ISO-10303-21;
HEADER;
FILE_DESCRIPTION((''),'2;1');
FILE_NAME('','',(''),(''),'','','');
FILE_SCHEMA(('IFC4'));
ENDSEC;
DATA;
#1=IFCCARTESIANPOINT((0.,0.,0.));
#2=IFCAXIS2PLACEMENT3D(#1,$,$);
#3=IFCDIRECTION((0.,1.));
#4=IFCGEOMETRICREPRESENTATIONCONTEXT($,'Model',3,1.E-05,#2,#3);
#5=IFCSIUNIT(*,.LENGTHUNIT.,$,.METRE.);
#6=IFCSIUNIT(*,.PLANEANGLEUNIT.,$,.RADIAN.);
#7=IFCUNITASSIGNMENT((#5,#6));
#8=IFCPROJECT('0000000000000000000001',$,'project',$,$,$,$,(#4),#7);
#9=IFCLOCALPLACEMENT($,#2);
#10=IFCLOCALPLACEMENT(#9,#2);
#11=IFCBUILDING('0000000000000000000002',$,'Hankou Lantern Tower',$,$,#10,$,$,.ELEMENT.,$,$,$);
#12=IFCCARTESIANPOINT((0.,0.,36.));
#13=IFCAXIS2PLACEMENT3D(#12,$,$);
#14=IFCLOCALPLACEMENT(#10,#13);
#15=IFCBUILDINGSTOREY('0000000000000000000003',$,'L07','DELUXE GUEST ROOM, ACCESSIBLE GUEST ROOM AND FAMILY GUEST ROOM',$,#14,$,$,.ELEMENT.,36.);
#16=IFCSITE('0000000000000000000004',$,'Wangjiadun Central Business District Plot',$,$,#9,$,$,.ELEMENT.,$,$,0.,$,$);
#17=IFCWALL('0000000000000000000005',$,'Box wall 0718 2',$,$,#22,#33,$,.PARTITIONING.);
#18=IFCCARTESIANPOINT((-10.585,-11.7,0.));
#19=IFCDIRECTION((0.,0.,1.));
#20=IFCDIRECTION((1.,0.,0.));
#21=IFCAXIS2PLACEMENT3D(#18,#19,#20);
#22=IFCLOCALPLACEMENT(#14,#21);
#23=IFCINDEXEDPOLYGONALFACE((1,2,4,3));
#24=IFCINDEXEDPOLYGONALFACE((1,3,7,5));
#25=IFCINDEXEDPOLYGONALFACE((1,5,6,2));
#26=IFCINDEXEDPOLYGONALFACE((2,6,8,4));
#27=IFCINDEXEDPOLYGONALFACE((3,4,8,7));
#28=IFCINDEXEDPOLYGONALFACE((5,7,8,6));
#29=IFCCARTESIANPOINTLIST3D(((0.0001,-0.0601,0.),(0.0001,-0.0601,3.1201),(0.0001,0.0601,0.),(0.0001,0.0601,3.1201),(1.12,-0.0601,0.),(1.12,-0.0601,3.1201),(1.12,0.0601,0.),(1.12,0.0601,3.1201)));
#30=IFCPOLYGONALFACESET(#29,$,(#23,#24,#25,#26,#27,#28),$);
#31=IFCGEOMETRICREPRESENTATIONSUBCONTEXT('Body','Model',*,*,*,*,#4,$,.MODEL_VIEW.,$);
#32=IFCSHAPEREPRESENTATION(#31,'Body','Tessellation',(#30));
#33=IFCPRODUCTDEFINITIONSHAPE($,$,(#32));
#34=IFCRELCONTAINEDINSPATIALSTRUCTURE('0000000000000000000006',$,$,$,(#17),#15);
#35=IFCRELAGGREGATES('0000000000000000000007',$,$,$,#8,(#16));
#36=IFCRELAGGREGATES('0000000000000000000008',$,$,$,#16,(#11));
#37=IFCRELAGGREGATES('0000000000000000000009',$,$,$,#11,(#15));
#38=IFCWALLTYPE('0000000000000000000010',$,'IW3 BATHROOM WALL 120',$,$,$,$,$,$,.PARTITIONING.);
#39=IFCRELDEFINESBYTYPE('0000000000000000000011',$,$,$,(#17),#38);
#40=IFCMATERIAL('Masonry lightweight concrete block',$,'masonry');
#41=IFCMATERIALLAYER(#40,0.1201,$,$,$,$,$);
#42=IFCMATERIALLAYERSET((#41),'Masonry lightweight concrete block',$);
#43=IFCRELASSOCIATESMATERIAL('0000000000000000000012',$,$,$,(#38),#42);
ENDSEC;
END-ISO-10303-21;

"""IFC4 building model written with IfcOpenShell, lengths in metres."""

from ifc_helpers import new_model, si_unit, direction, frame, frame_2d, origin, place, context, subcontext, project, spatial, rectangle, extrude, material, layer, layer_set, type_object, element, save


model = new_model("IFC4")

# Units and contexts
model_context = context("Model", 3, precision=1e-05, world=origin(), true_north=direction((0.0, 1.0)))
body_context = subcontext(model_context, "Body", "Model", "MODEL_VIEW")
ifc_project = project(units=[si_unit("LENGTHUNIT", "METRE"), si_unit("PLANEANGLEUNIT", "RADIAN")], contexts=[model_context])

# Site, building, storey
site_placement = place(None, origin())
site = spatial("IfcSite", under=ifc_project, at=site_placement, Name="Wangjiadun Central Business District Plot", CompositionType="ELEMENT", RefElevation=0.0)
building_placement = place(site_placement, origin())
building = spatial("IfcBuilding", under=site, at=building_placement, Name="Hankou Lantern Tower", CompositionType="ELEMENT")
storey_placement = place(building_placement, frame((0.0, 0.0, 36.0)))
storey = spatial("IfcBuildingStorey", under=building, at=storey_placement, Name="L07", Description="DELUXE GUEST ROOM, ACCESSIBLE GUEST ROOM AND FAMILY GUEST ROOM", CompositionType="ELEMENT", Elevation=36.0)

# Wall
ifc_material_1 = material(Name="Masonry lightweight concrete block", Category="masonry")
ifc_layer_1 = layer(ifc_material_1, 0.1201)
ifc_layer_set_1 = layer_set([ifc_layer_1], Name="Masonry lightweight concrete block")
wall_type_1 = type_object("IfcWallType", Name="IW3 BATHROOM WALL 120", PredefinedType="PARTITIONING", material=ifc_layer_set_1)
wall_1_placement = place(storey_placement, frame((-10.585, -11.7, 0.0), z_axis=(0.0, 0.0, 1.0), x_axis=(1.0, 0.0, 0.0)))
element("IfcWall", 1, at=wall_1_placement, inside=storey, type_object=wall_type_1, Name="Box wall 0718 2", PredefinedType="PARTITIONING", context=body_context, shape_type="SweptSolid", body=[
    extrude(rectangle(XDim=1.1199, YDim=0.1201, at=frame_2d((0.5601, 0.0))), origin(), (0.0, 0.0, 1.0), 3.1201),
])

save(model, "model.ifc")
